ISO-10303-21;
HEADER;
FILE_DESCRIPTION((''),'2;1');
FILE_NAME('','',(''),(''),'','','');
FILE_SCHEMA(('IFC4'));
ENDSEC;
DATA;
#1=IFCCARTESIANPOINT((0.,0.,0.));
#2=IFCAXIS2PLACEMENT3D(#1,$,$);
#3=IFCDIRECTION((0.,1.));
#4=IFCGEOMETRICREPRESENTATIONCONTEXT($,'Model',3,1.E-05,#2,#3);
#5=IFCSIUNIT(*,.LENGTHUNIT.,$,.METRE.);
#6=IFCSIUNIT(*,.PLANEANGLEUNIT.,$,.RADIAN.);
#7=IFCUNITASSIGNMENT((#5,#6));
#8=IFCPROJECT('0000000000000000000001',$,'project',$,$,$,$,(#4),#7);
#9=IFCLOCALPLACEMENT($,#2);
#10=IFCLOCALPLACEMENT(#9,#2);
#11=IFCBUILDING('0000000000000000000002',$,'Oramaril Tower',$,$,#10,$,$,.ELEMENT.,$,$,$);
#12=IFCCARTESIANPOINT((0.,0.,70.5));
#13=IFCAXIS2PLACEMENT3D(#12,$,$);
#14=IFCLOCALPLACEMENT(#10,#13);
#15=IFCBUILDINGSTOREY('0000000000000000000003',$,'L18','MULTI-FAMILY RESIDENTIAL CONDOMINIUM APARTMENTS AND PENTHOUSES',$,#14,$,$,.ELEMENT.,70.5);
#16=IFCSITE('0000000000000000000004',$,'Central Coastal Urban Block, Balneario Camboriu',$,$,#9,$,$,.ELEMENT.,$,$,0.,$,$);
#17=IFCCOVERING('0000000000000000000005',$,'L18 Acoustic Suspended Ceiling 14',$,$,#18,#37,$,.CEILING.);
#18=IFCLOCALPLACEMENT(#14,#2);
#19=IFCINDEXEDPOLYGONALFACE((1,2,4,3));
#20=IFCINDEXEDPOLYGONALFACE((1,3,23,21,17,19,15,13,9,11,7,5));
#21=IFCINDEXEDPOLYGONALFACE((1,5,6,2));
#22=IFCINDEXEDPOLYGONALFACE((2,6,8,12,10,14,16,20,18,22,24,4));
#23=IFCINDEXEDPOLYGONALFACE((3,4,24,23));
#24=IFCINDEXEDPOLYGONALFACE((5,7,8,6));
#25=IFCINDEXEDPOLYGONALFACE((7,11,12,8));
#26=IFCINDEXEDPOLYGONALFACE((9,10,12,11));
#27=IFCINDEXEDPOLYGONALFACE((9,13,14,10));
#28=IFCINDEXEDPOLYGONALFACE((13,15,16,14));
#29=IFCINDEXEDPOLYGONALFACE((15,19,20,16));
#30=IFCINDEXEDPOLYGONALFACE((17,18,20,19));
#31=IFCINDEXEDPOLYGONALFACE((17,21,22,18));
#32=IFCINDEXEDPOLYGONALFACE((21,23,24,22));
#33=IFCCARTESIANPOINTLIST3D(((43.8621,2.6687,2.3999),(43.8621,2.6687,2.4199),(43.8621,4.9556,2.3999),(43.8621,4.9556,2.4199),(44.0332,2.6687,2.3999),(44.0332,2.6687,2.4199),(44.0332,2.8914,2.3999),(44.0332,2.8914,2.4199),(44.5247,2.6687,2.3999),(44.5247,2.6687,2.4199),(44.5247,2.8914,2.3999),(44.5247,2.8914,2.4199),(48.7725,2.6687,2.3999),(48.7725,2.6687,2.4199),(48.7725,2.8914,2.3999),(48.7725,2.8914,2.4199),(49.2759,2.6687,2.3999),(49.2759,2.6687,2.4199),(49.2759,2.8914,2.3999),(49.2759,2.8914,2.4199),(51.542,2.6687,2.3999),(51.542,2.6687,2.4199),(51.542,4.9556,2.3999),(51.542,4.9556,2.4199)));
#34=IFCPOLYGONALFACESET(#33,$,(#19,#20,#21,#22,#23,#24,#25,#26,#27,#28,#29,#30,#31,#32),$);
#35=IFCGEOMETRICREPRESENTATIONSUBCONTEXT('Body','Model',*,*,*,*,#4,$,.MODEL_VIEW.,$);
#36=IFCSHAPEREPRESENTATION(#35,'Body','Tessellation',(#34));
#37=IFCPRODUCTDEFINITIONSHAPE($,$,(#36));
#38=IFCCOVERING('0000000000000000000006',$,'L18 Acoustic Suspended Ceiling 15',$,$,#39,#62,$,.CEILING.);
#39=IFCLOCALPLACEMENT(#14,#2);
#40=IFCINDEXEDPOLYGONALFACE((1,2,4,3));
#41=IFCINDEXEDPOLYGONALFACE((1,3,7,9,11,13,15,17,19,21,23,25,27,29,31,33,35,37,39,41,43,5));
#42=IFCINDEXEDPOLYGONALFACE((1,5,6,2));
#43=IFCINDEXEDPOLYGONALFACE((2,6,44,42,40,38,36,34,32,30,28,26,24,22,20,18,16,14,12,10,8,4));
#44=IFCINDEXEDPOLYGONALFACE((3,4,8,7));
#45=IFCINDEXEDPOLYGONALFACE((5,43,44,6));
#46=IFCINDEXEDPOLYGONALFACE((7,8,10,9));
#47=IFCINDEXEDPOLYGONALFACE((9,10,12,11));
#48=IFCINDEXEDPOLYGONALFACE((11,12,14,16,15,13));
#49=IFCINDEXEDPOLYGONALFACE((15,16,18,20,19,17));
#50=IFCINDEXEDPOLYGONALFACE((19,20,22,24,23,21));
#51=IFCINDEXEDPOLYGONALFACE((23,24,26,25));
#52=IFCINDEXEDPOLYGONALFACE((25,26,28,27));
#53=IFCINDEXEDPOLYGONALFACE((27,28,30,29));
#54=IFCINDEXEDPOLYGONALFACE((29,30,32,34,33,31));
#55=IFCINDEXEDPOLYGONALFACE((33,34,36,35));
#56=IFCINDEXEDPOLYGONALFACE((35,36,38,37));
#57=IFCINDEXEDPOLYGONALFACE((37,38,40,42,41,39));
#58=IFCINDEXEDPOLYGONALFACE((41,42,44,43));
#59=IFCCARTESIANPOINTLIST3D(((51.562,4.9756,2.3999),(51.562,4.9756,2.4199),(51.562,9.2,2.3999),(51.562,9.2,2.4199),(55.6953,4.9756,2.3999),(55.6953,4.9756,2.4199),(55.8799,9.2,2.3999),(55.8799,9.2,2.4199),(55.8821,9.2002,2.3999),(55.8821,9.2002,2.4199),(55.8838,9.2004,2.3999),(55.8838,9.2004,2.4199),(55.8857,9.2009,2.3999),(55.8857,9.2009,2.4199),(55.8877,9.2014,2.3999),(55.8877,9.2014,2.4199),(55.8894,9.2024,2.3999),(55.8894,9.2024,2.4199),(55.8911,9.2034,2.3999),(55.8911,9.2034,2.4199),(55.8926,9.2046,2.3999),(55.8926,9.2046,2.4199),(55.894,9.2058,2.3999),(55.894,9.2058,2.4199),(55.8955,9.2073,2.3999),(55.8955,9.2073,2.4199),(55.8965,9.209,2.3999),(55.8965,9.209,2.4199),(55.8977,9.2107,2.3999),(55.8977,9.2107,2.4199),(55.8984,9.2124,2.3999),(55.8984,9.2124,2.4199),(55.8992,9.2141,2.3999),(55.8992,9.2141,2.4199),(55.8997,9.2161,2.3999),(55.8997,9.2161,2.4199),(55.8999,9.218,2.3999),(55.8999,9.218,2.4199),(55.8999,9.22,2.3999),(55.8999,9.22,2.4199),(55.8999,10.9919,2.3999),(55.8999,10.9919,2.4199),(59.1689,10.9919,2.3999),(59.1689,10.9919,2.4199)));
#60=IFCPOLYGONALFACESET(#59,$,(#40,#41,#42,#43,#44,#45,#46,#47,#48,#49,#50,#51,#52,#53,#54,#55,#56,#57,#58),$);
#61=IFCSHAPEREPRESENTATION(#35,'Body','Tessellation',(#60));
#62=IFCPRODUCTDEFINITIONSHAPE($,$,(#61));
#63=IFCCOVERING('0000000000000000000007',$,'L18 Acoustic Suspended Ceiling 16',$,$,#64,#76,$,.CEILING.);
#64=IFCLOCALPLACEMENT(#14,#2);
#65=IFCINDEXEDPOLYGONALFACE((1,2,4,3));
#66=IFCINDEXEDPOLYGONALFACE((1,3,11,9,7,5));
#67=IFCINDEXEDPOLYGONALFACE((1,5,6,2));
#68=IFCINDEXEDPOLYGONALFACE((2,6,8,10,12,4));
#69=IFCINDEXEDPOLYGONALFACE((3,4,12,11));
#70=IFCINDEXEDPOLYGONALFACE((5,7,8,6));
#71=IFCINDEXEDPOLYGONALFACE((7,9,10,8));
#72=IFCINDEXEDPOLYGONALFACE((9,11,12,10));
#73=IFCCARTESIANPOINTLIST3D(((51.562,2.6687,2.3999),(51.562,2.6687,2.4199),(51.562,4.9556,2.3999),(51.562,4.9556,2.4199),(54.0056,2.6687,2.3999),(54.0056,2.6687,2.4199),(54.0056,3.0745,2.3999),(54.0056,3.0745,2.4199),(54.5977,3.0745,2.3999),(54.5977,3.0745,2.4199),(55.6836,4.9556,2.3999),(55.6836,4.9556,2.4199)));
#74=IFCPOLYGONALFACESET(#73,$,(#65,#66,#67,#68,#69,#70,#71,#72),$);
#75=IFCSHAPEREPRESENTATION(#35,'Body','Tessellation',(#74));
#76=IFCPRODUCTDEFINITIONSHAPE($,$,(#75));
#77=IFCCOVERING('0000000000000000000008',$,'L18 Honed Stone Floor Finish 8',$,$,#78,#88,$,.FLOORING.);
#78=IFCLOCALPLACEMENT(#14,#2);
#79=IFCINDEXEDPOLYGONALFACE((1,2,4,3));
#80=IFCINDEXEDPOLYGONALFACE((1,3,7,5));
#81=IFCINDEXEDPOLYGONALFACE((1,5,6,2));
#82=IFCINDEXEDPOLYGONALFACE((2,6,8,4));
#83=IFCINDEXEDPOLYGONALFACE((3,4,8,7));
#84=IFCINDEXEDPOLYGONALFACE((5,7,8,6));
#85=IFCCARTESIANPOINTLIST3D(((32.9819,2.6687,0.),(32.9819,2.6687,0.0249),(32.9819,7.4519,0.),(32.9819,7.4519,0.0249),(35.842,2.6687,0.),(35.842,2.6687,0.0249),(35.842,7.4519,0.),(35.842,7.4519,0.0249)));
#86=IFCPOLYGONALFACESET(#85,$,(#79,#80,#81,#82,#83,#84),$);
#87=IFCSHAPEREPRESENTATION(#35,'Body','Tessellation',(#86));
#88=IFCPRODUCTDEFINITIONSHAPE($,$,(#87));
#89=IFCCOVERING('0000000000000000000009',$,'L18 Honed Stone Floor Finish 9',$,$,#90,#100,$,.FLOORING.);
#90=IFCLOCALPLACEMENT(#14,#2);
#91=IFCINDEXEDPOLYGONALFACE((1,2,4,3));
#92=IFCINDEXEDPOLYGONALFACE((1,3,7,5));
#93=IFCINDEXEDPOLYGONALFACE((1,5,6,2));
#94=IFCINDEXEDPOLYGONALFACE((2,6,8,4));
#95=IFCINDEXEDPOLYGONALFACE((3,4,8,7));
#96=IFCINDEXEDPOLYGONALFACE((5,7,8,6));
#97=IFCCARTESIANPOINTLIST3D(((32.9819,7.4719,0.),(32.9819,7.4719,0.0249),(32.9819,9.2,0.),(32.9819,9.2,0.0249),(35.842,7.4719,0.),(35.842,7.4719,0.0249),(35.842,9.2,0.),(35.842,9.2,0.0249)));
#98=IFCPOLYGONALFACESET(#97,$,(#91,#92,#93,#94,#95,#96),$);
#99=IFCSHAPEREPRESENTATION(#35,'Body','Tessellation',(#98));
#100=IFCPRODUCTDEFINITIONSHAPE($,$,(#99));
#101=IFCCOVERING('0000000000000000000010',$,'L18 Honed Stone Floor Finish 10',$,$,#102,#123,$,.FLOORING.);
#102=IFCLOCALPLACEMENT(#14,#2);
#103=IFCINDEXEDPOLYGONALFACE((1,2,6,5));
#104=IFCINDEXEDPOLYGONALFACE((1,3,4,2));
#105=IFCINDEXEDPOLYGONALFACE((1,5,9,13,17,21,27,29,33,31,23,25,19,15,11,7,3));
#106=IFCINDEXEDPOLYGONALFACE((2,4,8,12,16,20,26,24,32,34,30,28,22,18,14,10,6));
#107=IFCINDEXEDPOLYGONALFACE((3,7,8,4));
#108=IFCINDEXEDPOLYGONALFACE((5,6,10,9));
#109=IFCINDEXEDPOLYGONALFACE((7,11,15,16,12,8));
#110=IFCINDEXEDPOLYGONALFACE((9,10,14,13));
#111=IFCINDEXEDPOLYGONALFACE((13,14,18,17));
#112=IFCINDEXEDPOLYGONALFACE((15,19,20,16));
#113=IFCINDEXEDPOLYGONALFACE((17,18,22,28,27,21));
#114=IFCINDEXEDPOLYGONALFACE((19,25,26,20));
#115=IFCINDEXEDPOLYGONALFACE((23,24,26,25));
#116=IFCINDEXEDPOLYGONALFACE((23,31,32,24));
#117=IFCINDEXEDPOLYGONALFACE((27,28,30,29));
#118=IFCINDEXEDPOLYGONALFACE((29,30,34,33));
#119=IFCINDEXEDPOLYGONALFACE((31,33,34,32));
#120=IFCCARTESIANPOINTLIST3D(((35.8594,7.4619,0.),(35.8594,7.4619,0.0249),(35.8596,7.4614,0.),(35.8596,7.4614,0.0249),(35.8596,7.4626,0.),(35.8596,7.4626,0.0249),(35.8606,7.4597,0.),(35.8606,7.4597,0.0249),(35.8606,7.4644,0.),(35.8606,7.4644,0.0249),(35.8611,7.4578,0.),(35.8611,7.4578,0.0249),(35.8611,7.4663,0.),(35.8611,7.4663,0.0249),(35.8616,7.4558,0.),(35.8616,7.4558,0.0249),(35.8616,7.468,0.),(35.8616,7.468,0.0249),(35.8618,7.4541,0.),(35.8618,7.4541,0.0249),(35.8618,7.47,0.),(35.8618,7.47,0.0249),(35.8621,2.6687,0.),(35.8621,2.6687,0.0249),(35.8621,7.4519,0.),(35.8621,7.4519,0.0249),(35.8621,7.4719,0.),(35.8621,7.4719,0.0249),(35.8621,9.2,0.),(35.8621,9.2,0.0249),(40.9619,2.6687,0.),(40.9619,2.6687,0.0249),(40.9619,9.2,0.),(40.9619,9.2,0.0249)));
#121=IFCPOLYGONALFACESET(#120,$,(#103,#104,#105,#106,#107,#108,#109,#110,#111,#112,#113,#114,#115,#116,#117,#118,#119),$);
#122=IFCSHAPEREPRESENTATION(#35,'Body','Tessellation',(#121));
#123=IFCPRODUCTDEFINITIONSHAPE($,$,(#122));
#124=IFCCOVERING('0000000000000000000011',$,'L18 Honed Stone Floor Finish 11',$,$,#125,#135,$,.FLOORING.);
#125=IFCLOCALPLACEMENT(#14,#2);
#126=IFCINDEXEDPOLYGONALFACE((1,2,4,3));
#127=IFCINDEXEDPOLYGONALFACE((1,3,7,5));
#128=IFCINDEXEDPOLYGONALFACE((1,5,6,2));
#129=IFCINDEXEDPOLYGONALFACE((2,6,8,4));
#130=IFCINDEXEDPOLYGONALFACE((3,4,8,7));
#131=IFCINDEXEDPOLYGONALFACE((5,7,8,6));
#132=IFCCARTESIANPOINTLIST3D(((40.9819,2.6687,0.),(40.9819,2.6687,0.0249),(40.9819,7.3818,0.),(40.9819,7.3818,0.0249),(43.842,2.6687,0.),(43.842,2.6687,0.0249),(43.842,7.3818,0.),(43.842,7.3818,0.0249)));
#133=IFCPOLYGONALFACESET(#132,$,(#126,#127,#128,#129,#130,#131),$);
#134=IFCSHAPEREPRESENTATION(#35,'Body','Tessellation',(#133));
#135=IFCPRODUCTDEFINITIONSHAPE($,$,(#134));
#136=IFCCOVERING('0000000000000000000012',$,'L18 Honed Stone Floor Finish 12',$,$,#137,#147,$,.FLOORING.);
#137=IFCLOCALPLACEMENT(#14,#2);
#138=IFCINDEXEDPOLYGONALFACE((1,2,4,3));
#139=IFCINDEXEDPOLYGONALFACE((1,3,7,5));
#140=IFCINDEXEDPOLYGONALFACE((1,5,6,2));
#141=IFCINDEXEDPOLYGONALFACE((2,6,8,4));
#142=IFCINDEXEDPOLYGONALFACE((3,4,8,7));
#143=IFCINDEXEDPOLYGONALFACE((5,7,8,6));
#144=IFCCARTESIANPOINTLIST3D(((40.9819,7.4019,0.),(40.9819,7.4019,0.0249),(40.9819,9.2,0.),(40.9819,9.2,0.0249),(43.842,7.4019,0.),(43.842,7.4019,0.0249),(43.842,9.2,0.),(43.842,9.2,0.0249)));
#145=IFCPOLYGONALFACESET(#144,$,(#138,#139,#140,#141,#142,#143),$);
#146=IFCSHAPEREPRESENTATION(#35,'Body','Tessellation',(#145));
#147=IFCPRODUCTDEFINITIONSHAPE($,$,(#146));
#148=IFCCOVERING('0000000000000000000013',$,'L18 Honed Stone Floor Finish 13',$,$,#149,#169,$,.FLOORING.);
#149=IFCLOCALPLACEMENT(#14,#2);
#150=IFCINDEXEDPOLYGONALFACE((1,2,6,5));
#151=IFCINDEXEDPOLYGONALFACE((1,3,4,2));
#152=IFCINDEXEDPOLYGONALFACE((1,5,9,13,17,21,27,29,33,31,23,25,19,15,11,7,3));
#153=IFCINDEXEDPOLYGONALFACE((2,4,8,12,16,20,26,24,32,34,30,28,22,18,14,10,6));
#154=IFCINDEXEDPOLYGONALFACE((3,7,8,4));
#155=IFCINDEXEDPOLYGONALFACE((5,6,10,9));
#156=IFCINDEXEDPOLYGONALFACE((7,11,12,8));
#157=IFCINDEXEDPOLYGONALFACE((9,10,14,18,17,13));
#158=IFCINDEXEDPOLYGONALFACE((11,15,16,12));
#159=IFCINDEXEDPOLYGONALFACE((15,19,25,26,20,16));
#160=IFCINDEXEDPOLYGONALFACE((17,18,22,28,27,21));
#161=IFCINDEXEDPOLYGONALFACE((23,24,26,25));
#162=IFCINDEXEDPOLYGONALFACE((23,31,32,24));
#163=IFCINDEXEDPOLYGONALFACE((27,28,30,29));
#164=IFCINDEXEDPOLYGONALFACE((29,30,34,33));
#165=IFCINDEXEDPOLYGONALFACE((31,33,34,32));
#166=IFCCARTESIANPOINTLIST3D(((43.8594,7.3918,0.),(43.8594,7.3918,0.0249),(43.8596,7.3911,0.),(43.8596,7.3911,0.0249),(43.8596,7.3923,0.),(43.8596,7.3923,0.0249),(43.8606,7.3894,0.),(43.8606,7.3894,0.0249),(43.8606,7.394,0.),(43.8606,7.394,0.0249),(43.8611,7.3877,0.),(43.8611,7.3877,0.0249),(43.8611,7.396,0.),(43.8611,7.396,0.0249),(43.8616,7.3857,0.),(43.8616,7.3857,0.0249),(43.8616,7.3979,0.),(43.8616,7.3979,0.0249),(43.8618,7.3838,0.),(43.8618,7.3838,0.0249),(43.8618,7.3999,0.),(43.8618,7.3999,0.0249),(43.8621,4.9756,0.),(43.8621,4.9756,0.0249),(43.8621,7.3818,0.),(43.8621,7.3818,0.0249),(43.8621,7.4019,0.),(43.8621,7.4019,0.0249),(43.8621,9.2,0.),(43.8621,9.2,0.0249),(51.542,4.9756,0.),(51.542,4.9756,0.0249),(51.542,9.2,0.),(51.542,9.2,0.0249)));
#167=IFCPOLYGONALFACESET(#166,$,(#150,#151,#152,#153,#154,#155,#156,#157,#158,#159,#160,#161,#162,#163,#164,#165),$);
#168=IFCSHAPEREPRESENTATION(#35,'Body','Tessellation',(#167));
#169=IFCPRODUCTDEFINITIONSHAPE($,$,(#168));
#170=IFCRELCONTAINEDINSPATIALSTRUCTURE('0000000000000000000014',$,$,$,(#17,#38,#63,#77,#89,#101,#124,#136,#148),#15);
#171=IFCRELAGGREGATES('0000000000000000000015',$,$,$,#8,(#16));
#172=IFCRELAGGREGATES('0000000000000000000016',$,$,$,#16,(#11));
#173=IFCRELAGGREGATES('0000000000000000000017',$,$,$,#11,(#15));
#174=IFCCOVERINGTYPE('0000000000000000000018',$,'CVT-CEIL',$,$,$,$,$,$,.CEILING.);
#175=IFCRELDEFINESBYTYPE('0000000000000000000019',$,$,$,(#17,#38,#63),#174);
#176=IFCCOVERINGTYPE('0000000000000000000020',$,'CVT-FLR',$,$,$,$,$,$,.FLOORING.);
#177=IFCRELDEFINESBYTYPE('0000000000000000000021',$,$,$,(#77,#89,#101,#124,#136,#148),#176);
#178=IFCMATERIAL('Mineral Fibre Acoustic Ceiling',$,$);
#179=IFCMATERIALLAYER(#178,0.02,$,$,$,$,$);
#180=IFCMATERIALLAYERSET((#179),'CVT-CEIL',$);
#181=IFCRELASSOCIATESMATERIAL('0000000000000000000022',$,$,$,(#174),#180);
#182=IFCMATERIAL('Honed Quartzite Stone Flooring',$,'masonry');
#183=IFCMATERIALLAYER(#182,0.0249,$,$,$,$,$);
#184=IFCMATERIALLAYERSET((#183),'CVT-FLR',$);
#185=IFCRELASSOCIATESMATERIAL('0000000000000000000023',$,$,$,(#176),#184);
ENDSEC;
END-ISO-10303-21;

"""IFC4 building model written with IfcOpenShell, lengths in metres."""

from ifc_helpers import new_model, si_unit, direction, frame, origin, place, context, subcontext, project, spatial, polyline, outline, extrude, material, layer, layer_set, type_object, element, save


model = new_model("IFC4")

# Units and contexts
model_context = context("Model", 3, precision=1e-05, world=origin(), true_north=direction((0.0, 1.0)))
body_context = subcontext(model_context, "Body", "Model", "MODEL_VIEW")
ifc_project = project(units=[si_unit("LENGTHUNIT", "METRE"), si_unit("PLANEANGLEUNIT", "RADIAN")], contexts=[model_context])

# Site, building, storey
site_placement = place(None, origin())
site = spatial("IfcSite", under=ifc_project, at=site_placement, Name="Central Coastal Urban Block, Balneario Camboriu", CompositionType="ELEMENT", RefElevation=0.0)
building_placement = place(site_placement, origin())
building = spatial("IfcBuilding", under=site, at=building_placement, Name="Oramaril Tower", CompositionType="ELEMENT")
storey_placement = place(building_placement, frame((0.0, 0.0, 70.5)))
storey = spatial("IfcBuildingStorey", under=building, at=storey_placement, Name="L18", Description="MULTI-FAMILY RESIDENTIAL CONDOMINIUM APARTMENTS AND PENTHOUSES", CompositionType="ELEMENT", Elevation=70.5)

# Coverings
ifc_material_1 = material(Name="Mineral Fibre Acoustic Ceiling")
ifc_layer_1 = layer(ifc_material_1, 0.02)
ifc_layer_set_1 = layer_set([ifc_layer_1], Name="CVT-CEIL")
covering_type_1 = type_object("IfcCoveringType", Name="CVT-CEIL", PredefinedType="CEILING", material=ifc_layer_set_1)
covering_1_placement = place(storey_placement, frame((0.0, 0.0, 2.3999)))
element("IfcCovering", 1, at=covering_1_placement, inside=storey, type_object=covering_type_1, Name="L18 Acoustic Suspended Ceiling 14", PredefinedType="CEILING", context=body_context, shape_type="SweptSolid", body=[
    extrude(outline(polyline([(49.2759, 2.8914), (48.7725, 2.8914), (48.7725, 2.6687), (44.5247, 2.6687), (44.5247, 2.8914), (44.0332, 2.8914), (44.0332, 2.6687), (43.8621, 2.6687), (43.8621, 4.9556), (51.542, 4.9556), (51.542, 2.6687), (49.2759, 2.6687), (49.2759, 2.8914)])), origin(), (0.0, 0.0, 1.0), 0.02),
])
covering_2_placement = place(storey_placement, frame((0.0, 0.0, 2.3999)))
element("IfcCovering", 2, at=covering_2_placement, inside=storey, type_object=covering_type_1, Name="L18 Acoustic Suspended Ceiling 15", PredefinedType="CEILING", context=body_context, shape_type="SweptSolid", body=[
    extrude(outline(polyline([(59.1689, 10.9919), (55.6953, 4.9756), (51.562, 4.9756), (51.562, 9.2), (55.8799, 9.2), (55.8821, 9.2002), (55.8838, 9.2004), (55.8857, 9.2009), (55.8877, 9.2014), (55.8894, 9.2024), (55.8911, 9.2034), (55.8926, 9.2046), (55.894, 9.2058), (55.8955, 9.2073), (55.8965, 9.209), (55.8977, 9.2107), (55.8984, 9.2124), (55.8992, 9.2141), (55.8997, 9.2161), (55.8999, 9.218), (55.8999, 9.22), (55.8999, 10.9919), (59.1689, 10.9919)])), origin(), (0.0, 0.0, 1.0), 0.02),
])
covering_3_placement = place(storey_placement, frame((0.0, 0.0, 2.3999)))
element("IfcCovering", 3, at=covering_3_placement, inside=storey, type_object=covering_type_1, Name="L18 Acoustic Suspended Ceiling 16", PredefinedType="CEILING", context=body_context, shape_type="SweptSolid", body=[
    extrude(outline(polyline([(54.5977, 3.0745), (54.0056, 3.0745), (54.0056, 2.6687), (51.562, 2.6687), (51.562, 4.9556), (55.6836, 4.9556), (54.5977, 3.0745)])), origin(), (0.0, 0.0, 1.0), 0.02),
])
ifc_material_2 = material(Name="Honed Quartzite Stone Flooring", Category="masonry")
ifc_layer_2 = layer(ifc_material_2, 0.0249)
ifc_layer_set_2 = layer_set([ifc_layer_2], Name="CVT-FLR")
covering_type_2 = type_object("IfcCoveringType", Name="CVT-FLR", PredefinedType="FLOORING", material=ifc_layer_set_2)
covering_4_placement = place(storey_placement, origin())
element("IfcCovering", 4, at=covering_4_placement, inside=storey, type_object=covering_type_2, Name="L18 Honed Stone Floor Finish 8", PredefinedType="FLOORING", context=body_context, shape_type="SweptSolid", body=[
    extrude(outline(polyline([(35.842, 7.4519), (35.842, 2.6687), (32.9819, 2.6687), (32.9819, 7.4519), (35.842, 7.4519)])), origin(), (0.0, 0.0, 1.0), 0.0249),
])
covering_5_placement = place(storey_placement, origin())
element("IfcCovering", 5, at=covering_5_placement, inside=storey, type_object=covering_type_2, Name="L18 Honed Stone Floor Finish 9", PredefinedType="FLOORING", context=body_context, shape_type="SweptSolid", body=[
    extrude(outline(polyline([(35.842, 7.4719), (32.9819, 7.4719), (32.9819, 9.2), (35.842, 9.2), (35.842, 7.4719)])), origin(), (0.0, 0.0, 1.0), 0.0249),
])
covering_6_placement = place(storey_placement, origin())
element("IfcCovering", 6, at=covering_6_placement, inside=storey, type_object=covering_type_2, Name="L18 Honed Stone Floor Finish 10", PredefinedType="FLOORING", context=body_context, shape_type="SweptSolid", body=[
    extrude(outline(polyline([(40.9619, 2.6687), (35.8621, 2.6687), (35.8621, 7.4519), (35.8618, 7.4541), (35.8616, 7.4558), (35.8611, 7.4578), (35.8606, 7.4597), (35.8596, 7.4614), (35.8594, 7.4619), (35.8596, 7.4626), (35.8606, 7.4644), (35.8611, 7.4663), (35.8616, 7.468), (35.8618, 7.47), (35.8621, 7.4719), (35.8621, 9.2), (40.9619, 9.2), (40.9619, 2.6687)])), origin(), (0.0, 0.0, 1.0), 0.0249),
])
covering_7_placement = place(storey_placement, origin())
element("IfcCovering", 7, at=covering_7_placement, inside=storey, type_object=covering_type_2, Name="L18 Honed Stone Floor Finish 11", PredefinedType="FLOORING", context=body_context, shape_type="SweptSolid", body=[
    extrude(outline(polyline([(43.842, 7.3818), (43.842, 2.6687), (40.9819, 2.6687), (40.9819, 7.3818), (43.842, 7.3818)])), origin(), (0.0, 0.0, 1.0), 0.0249),
])
covering_8_placement = place(storey_placement, origin())
element("IfcCovering", 8, at=covering_8_placement, inside=storey, type_object=covering_type_2, Name="L18 Honed Stone Floor Finish 12", PredefinedType="FLOORING", context=body_context, shape_type="SweptSolid", body=[
    extrude(outline(polyline([(43.842, 7.4019), (40.9819, 7.4019), (40.9819, 9.2), (43.842, 9.2), (43.842, 7.4019)])), origin(), (0.0, 0.0, 1.0), 0.0249),
])
covering_9_placement = place(storey_placement, origin())
element("IfcCovering", 9, at=covering_9_placement, inside=storey, type_object=covering_type_2, Name="L18 Honed Stone Floor Finish 13", PredefinedType="FLOORING", context=body_context, shape_type="SweptSolid", body=[
    extrude(outline(polyline([(51.542, 4.9756), (43.8621, 4.9756), (43.8621, 7.3818), (43.8618, 7.3838), (43.8616, 7.3857), (43.8611, 7.3877), (43.8606, 7.3894), (43.8596, 7.3911), (43.8594, 7.3918), (43.8596, 7.3923), (43.8606, 7.394), (43.8611, 7.396), (43.8616, 7.3979), (43.8618, 7.3999), (43.8621, 7.4019), (43.8621, 9.2), (51.542, 9.2), (51.542, 4.9756)])), origin(), (0.0, 0.0, 1.0), 0.0249),
])

save(model, "model.ifc")
